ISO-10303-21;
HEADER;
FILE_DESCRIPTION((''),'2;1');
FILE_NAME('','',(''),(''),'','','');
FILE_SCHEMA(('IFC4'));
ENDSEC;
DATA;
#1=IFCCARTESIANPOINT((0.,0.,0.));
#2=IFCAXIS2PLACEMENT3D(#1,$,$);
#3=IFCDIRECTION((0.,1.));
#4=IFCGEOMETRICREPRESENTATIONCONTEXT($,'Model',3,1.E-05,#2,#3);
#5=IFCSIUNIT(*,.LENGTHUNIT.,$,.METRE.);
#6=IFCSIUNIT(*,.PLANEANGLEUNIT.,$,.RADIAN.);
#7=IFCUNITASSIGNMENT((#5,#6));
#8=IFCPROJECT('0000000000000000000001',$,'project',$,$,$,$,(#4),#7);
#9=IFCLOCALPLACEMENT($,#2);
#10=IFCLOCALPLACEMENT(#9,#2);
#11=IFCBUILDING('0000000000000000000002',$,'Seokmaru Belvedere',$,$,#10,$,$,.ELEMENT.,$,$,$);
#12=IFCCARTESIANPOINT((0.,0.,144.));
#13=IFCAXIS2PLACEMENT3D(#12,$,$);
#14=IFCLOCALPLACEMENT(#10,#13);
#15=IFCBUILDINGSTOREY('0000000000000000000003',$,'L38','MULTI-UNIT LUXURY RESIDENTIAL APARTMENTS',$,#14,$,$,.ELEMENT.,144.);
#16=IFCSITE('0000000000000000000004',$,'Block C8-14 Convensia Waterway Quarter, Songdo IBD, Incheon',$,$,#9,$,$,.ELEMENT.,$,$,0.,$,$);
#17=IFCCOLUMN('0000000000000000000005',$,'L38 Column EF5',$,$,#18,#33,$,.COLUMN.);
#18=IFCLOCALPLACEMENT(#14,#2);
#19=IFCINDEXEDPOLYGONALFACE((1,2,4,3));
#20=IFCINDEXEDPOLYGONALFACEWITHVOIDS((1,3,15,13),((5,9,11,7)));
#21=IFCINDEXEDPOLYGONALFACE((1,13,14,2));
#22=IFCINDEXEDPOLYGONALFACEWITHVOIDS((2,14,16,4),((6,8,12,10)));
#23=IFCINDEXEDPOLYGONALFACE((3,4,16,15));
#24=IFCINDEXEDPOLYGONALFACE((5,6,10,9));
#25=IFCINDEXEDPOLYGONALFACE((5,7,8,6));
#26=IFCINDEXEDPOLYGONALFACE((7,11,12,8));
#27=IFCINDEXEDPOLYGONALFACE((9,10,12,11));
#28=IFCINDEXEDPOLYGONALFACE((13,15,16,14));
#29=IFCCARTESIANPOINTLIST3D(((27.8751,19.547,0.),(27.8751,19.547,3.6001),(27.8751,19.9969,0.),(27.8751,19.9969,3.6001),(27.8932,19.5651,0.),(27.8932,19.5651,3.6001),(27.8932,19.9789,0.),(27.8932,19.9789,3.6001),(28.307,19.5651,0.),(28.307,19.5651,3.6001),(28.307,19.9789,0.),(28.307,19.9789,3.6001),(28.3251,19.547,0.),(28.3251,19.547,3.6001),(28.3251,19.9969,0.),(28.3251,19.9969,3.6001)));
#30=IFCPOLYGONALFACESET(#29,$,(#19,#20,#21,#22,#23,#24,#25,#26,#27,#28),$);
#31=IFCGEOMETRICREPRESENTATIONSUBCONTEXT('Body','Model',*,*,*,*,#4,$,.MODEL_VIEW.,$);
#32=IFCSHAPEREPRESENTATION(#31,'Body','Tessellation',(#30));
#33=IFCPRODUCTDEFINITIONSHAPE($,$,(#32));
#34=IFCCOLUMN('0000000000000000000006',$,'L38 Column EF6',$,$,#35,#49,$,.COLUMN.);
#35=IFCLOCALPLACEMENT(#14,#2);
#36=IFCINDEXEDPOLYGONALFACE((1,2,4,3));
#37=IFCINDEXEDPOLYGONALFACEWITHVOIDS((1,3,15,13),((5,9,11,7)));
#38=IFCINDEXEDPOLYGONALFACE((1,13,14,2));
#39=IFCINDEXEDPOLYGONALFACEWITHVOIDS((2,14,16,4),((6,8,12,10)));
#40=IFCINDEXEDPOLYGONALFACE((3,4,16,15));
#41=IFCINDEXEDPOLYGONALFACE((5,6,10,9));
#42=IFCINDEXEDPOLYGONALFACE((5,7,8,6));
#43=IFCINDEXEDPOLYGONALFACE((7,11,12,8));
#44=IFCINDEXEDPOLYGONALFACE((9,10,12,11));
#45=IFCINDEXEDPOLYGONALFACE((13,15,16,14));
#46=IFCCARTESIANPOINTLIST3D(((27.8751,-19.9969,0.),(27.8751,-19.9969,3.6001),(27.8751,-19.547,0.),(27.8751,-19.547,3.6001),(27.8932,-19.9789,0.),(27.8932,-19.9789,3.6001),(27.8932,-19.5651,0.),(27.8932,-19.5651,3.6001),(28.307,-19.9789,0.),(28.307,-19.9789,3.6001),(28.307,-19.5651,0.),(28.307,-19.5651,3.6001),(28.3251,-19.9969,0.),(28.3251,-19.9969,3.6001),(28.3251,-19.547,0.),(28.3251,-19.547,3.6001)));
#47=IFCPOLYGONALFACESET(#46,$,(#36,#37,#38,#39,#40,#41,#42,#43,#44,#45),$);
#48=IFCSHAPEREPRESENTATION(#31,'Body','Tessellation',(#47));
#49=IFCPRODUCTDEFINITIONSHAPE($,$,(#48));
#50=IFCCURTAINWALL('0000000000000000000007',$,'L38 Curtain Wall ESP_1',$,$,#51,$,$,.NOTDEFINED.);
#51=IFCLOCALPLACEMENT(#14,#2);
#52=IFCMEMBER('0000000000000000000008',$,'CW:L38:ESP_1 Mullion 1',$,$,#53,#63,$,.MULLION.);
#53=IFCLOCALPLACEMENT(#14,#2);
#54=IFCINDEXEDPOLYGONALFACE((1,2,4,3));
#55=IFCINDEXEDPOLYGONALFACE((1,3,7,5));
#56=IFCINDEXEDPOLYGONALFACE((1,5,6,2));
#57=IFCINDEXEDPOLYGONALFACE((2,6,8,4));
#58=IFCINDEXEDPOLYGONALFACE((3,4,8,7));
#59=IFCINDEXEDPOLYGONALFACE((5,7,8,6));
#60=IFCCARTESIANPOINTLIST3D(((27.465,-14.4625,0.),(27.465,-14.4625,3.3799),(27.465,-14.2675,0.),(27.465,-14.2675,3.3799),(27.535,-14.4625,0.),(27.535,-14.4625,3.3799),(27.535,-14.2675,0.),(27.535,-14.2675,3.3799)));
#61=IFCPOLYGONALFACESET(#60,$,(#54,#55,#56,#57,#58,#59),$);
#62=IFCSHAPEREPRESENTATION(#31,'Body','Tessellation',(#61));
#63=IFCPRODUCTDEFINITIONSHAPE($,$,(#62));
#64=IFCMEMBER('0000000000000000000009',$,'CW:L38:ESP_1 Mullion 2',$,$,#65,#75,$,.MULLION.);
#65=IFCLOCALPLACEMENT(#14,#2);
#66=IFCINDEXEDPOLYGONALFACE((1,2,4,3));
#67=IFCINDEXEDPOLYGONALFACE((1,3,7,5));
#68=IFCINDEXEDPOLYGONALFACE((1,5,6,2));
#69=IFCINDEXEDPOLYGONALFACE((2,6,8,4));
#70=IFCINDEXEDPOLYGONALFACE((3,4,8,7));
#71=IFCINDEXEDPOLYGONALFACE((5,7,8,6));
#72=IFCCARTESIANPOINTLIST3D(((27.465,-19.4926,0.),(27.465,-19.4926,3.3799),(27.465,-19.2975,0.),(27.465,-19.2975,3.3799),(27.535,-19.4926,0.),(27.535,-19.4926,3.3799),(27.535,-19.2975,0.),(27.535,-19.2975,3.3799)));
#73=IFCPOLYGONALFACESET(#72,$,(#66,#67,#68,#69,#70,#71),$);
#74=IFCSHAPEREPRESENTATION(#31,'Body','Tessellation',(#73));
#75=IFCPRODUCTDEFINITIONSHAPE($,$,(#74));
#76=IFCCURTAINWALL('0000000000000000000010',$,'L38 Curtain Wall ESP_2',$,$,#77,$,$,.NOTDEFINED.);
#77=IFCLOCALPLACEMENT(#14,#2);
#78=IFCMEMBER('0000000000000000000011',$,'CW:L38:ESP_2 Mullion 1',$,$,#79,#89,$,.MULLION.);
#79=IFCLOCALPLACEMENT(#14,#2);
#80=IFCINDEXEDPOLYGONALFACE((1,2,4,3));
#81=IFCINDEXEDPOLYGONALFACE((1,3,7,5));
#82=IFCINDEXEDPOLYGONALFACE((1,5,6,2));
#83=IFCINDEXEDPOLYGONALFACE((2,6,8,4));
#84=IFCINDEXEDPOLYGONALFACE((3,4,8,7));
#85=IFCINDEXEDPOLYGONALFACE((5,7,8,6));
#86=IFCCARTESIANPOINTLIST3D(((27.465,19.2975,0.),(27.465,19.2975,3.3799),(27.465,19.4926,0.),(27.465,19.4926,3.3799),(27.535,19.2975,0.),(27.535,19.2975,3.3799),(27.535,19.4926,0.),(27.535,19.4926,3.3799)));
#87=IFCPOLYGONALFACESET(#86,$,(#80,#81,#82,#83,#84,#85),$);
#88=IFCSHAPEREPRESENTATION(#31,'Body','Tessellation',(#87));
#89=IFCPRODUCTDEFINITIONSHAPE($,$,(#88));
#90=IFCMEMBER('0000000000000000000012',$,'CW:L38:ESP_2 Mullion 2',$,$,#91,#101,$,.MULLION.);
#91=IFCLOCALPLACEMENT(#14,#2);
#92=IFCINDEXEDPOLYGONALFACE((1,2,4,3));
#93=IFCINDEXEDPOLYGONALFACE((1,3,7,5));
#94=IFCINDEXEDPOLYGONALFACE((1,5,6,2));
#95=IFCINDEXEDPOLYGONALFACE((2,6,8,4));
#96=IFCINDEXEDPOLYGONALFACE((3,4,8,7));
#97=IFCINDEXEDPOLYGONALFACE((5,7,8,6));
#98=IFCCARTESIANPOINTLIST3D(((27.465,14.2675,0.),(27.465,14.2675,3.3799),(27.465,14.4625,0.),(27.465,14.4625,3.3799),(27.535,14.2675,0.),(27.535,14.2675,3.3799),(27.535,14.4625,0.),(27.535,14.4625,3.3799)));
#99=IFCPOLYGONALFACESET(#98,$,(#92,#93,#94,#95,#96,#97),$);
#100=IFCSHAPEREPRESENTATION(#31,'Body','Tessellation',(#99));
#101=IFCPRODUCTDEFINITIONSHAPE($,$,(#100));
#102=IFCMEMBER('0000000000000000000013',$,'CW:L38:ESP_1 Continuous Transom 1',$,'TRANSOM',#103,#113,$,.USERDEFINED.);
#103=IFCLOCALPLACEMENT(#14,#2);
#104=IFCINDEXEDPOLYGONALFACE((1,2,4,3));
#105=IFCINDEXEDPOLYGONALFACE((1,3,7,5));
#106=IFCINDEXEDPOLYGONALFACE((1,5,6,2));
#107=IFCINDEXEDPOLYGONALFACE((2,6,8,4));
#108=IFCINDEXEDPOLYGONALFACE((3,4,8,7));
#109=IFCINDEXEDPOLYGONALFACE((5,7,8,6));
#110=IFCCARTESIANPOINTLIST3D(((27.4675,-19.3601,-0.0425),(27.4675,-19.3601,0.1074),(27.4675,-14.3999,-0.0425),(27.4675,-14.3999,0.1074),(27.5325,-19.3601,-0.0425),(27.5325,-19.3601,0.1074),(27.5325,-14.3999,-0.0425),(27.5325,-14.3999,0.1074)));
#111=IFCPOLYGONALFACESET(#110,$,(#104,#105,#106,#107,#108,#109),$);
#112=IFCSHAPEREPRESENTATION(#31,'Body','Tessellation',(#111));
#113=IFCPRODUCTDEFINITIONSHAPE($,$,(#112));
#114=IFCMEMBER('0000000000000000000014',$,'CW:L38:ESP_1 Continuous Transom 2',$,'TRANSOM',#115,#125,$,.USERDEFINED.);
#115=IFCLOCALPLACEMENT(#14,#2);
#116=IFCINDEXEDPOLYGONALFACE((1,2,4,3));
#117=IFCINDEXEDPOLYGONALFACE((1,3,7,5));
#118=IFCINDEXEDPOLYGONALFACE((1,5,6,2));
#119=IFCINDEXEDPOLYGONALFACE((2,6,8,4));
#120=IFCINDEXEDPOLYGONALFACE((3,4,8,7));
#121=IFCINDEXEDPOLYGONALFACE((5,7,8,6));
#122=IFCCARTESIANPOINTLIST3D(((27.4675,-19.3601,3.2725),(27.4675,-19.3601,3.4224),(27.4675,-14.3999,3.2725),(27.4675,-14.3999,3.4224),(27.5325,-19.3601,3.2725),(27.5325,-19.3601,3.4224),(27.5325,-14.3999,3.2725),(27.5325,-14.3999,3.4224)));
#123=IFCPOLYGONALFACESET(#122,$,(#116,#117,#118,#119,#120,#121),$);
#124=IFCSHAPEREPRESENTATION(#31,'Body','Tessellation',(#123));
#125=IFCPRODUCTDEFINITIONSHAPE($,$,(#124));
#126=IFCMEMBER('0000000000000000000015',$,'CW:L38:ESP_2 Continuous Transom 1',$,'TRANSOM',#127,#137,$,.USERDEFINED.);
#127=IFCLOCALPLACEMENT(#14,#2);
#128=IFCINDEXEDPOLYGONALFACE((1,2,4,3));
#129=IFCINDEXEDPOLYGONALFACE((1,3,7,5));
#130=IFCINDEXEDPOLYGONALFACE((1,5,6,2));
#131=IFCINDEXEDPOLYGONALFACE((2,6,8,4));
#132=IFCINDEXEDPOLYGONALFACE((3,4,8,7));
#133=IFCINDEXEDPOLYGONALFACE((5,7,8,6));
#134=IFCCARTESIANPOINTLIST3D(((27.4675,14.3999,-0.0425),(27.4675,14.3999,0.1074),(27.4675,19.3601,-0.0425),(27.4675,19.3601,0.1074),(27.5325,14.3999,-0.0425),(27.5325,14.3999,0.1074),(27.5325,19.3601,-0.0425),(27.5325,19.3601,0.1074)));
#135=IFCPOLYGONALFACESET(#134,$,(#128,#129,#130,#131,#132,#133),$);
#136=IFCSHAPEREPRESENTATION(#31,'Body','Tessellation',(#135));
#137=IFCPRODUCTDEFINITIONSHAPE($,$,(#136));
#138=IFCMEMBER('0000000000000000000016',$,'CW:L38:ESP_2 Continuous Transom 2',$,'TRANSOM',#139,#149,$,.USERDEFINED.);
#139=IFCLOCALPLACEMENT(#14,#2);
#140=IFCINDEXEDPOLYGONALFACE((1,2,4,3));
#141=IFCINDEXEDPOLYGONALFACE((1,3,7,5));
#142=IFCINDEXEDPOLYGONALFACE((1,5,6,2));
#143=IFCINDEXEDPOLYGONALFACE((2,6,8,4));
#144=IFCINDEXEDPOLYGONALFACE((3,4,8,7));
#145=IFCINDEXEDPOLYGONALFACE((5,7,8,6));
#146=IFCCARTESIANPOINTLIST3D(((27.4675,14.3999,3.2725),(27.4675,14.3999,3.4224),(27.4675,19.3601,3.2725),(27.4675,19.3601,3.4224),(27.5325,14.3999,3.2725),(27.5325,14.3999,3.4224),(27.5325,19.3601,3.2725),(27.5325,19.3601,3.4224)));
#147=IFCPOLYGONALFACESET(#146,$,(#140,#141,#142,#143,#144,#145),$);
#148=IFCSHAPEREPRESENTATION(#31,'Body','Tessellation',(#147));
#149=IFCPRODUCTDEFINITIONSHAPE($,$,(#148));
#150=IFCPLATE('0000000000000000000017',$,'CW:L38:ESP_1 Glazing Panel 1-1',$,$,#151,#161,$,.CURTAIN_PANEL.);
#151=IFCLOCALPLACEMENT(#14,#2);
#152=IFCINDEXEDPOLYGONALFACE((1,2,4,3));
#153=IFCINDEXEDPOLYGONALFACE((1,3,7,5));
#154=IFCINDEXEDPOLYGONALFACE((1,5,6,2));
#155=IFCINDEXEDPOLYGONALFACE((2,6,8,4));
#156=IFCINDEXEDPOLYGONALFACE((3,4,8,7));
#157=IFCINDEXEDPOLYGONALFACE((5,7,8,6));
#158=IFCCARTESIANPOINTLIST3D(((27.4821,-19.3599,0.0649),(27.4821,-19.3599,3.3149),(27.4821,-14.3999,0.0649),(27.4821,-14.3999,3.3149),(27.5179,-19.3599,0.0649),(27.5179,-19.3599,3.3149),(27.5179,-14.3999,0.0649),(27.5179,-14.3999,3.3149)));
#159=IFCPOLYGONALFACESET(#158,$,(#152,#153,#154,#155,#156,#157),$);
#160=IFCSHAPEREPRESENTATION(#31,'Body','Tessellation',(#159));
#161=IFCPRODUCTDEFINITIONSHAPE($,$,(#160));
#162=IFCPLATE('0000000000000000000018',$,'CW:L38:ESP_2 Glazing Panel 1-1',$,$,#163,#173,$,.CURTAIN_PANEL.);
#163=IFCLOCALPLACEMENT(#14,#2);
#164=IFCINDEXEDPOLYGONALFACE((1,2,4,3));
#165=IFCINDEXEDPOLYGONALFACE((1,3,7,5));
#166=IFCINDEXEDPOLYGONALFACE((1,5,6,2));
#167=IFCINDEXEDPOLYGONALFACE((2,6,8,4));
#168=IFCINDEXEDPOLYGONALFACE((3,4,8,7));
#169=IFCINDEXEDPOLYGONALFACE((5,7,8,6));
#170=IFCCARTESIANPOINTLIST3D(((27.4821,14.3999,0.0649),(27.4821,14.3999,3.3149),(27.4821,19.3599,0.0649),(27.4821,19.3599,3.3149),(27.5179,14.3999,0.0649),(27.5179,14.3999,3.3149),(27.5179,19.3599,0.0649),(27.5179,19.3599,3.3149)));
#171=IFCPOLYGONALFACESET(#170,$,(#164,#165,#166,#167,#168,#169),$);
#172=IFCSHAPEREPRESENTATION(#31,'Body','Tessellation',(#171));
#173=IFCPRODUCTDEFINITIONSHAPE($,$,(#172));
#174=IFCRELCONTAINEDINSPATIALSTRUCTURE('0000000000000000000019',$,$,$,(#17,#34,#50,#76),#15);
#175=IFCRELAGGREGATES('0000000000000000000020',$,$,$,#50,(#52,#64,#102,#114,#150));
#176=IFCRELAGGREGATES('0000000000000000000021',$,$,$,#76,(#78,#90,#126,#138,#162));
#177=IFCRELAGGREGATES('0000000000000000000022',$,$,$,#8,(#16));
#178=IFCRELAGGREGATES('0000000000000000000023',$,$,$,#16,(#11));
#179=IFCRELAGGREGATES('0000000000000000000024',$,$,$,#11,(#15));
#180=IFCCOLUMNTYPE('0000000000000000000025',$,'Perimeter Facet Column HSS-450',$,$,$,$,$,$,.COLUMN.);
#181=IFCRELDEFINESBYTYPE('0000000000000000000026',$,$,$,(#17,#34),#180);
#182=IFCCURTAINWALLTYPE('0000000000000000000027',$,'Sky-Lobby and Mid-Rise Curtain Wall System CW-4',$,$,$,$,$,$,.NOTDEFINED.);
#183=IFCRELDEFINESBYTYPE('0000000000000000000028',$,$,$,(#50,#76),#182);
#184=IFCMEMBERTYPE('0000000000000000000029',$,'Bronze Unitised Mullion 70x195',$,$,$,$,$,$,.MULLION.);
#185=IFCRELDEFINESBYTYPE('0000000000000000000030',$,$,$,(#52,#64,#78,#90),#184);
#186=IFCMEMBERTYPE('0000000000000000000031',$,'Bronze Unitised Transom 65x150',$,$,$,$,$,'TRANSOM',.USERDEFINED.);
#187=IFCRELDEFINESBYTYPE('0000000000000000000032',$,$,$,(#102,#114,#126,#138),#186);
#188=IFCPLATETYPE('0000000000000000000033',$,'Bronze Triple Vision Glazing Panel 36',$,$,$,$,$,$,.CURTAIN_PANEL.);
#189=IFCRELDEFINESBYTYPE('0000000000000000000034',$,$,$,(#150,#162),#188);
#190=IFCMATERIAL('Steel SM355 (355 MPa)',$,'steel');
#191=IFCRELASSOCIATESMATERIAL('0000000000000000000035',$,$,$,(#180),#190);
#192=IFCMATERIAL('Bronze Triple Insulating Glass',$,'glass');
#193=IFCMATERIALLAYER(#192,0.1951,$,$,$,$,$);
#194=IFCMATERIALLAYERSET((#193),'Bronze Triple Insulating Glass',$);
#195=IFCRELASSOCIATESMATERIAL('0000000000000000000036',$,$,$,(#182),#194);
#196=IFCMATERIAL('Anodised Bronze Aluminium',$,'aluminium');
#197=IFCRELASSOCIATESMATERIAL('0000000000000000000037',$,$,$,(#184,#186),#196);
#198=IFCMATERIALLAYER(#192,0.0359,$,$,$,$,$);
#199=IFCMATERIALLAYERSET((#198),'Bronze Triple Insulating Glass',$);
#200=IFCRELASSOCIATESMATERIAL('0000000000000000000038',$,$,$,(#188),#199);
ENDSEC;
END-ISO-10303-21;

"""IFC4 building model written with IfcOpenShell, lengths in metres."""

from ifc_helpers import new_model, si_unit, direction, frame, origin, origin_2d, place, context, subcontext, project, spatial, rectangle, hollow_rectangle, extrude, source, transform, mapped, material, layer, layer_set, material_profile, profile_set, type_object, type_shapes, element, aggregate, save


model = new_model("IFC4")

# Units and contexts
model_context = context("Model", 3, precision=1e-05, world=origin(), true_north=direction((0.0, 1.0)))
body_context = subcontext(model_context, "Body", "Model", "MODEL_VIEW")
ifc_project = project(units=[si_unit("LENGTHUNIT", "METRE"), si_unit("PLANEANGLEUNIT", "RADIAN")], contexts=[model_context])

# Site, building, storey
site_placement = place(None, origin())
site = spatial("IfcSite", under=ifc_project, at=site_placement, Name="Block C8-14 Convensia Waterway Quarter, Songdo IBD, Incheon", CompositionType="ELEMENT", RefElevation=0.0)
building_placement = place(site_placement, origin())
building = spatial("IfcBuilding", under=site, at=building_placement, Name="Seokmaru Belvedere", CompositionType="ELEMENT")
storey_placement = place(building_placement, frame((0.0, 0.0, 144.0)))
storey = spatial("IfcBuildingStorey", under=building, at=storey_placement, Name="L38", Description="MULTI-UNIT LUXURY RESIDENTIAL APARTMENTS", CompositionType="ELEMENT", Elevation=144.0)

# Columns
ifc_material_1 = material(Name="Steel SM355 (355 MPa)", Category="steel")
ifc_material_profile_1 = material_profile(ifc_material_1, hollow_rectangle(XDim=0.45, YDim=0.45, WallThickness=0.0181, at=origin_2d()), Name="HSS-450x450x18")
ifc_profile_set_1 = profile_set([ifc_material_profile_1], Name="Steel SM355 (355 MPa)")
column_type = type_object("IfcColumnType", Name="Perimeter Facet Column HSS-450", PredefinedType="COLUMN", material=ifc_profile_set_1)
shared_shape_1 = source(origin(), body_context, "Body", "SweptSolid", [
    extrude(hollow_rectangle(XDim=0.45, YDim=0.45, WallThickness=0.0181, at=origin_2d()), origin(), (0.0, 0.0, 1.0), 3.6001),
])
type_shapes(column_type, [shared_shape_1])
for number, where, z_axis, x_axis, name in (
    (1, (28.1001, 19.772, 0.0), (0.0, 0.0, 1.0), (1.0, 0.0, 0.0), "L38 Column EF5"),
    (2, (28.1001, -19.772, 0.0), (0.0, 0.0, 1.0), (1.0, 0.0, 0.0), "L38 Column EF6"),
):
    element("IfcColumn", number, at=place(storey_placement, frame(where, z_axis=z_axis, x_axis=x_axis)), inside=storey, type_object=column_type, Name=name, PredefinedType="COLUMN", context=body_context, shape_type="MappedRepresentation", body=[
        mapped(shared_shape_1, transform((0.0, 0.0, 0.0), scale=1.0)),
    ])

# Curtain walls, members
ifc_material_2 = material(Name="Bronze Triple Insulating Glass", Category="glass")
ifc_layer_1 = layer(ifc_material_2, 0.1951)
ifc_layer_set_1 = layer_set([ifc_layer_1], Name="Bronze Triple Insulating Glass")
curtain_wall_type = type_object("IfcCurtainWallType", Name="Sky-Lobby and Mid-Rise Curtain Wall System CW-4", PredefinedType="NOTDEFINED", material=ifc_layer_set_1)
curtain_wall_1_placement = place(storey_placement, origin())
curtain_wall_1 = element("IfcCurtainWall", 3, at=curtain_wall_1_placement, inside=storey, type_object=curtain_wall_type, Name="L38 Curtain Wall ESP_1", PredefinedType="NOTDEFINED")
ifc_material_3 = material(Name="Anodised Bronze Aluminium", Category="aluminium")
ifc_material_profile_2 = material_profile(ifc_material_3, rectangle(XDim=0.0701, YDim=0.1951, at=origin_2d()), Name="CW-M-70x195")
ifc_profile_set_2 = profile_set([ifc_material_profile_2], Name="Anodised Bronze Aluminium")
member_type_1 = type_object("IfcMemberType", Name="Bronze Unitised Mullion 70x195", PredefinedType="MULLION", material=ifc_profile_set_2)
shared_shape_2 = source(origin(), body_context, "Body", "SweptSolid", [
    extrude(rectangle(XDim=0.0701, YDim=0.1951, at=origin_2d()), origin(), (0.0, 0.0, 1.0), 3.3799),
])
type_shapes(member_type_1, [shared_shape_2])
member_1_placement = place(storey_placement, frame((27.5, -14.365, 0.0), z_axis=(0.0, 0.0, 1.0), x_axis=(1.0, 0.0, 0.0)))
member_1 = element("IfcMember", 4, at=member_1_placement, type_object=member_type_1, Name="CW:L38:ESP_1 Mullion 1", PredefinedType="MULLION", context=body_context, shape_type="MappedRepresentation", body=[
    mapped(shared_shape_2, transform((0.0, 0.0, 0.0), scale=1.0)),
])
member_2_placement = place(storey_placement, frame((27.5, -19.395, 0.0), z_axis=(0.0, 0.0, 1.0), x_axis=(1.0, 0.0, 0.0)))
member_2 = element("IfcMember", 5, at=member_2_placement, type_object=member_type_1, Name="CW:L38:ESP_1 Mullion 2", PredefinedType="MULLION", context=body_context, shape_type="MappedRepresentation", body=[
    mapped(shared_shape_2, transform((0.0, 0.0, 0.0), scale=1.0)),
])
curtain_wall_2_placement = place(storey_placement, origin())
curtain_wall_2 = element("IfcCurtainWall", 6, at=curtain_wall_2_placement, inside=storey, type_object=curtain_wall_type, Name="L38 Curtain Wall ESP_2", PredefinedType="NOTDEFINED")
member_3_placement = place(storey_placement, frame((27.5, 19.395, 0.0), z_axis=(0.0, 0.0, 1.0), x_axis=(1.0, 0.0, 0.0)))
member_3 = element("IfcMember", 7, at=member_3_placement, type_object=member_type_1, Name="CW:L38:ESP_2 Mullion 1", PredefinedType="MULLION", context=body_context, shape_type="MappedRepresentation", body=[
    mapped(shared_shape_2, transform((0.0, 0.0, 0.0), scale=1.0)),
])
member_4_placement = place(storey_placement, frame((27.5, 14.365, 0.0), z_axis=(0.0, 0.0, 1.0), x_axis=(1.0, 0.0, 0.0)))
member_4 = element("IfcMember", 8, at=member_4_placement, type_object=member_type_1, Name="CW:L38:ESP_2 Mullion 2", PredefinedType="MULLION", context=body_context, shape_type="MappedRepresentation", body=[
    mapped(shared_shape_2, transform((0.0, 0.0, 0.0), scale=1.0)),
])

# Members
ifc_material_profile_3 = material_profile(ifc_material_3, rectangle(XDim=0.0649, YDim=0.1499, at=origin_2d()), Name="CW-T-65x150")
ifc_profile_set_3 = profile_set([ifc_material_profile_3], Name="Anodised Bronze Aluminium")
member_type_2 = type_object("IfcMemberType", Name="Bronze Unitised Transom 65x150", ElementType="TRANSOM", PredefinedType="USERDEFINED", material=ifc_profile_set_3)
shared_shape_3 = source(origin(), body_context, "Body", "SweptSolid", [
    extrude(rectangle(XDim=0.0649, YDim=0.1499, at=origin_2d()), origin(), (0.0, 0.0, 1.0), 4.9602),
])
type_shapes(member_type_2, [shared_shape_3])
member_5_placement = place(storey_placement, frame((27.5, -14.3999, 0.0325), z_axis=(0.0, -1.0, 0.0), x_axis=(1.0, 0.0, 0.0)))
member_5 = element("IfcMember", 9, at=member_5_placement, type_object=member_type_2, Name="CW:L38:ESP_1 Continuous Transom 1", ObjectType="TRANSOM", PredefinedType="USERDEFINED", context=body_context, shape_type="MappedRepresentation", body=[
    mapped(shared_shape_3, transform((0.0, 0.0, 0.0), scale=1.0)),
])
member_6_placement = place(storey_placement, frame((27.5, -14.3999, 3.3474), z_axis=(0.0, -1.0, 0.0), x_axis=(1.0, 0.0, 0.0)))
member_6 = element("IfcMember", 10, at=member_6_placement, type_object=member_type_2, Name="CW:L38:ESP_1 Continuous Transom 2", ObjectType="TRANSOM", PredefinedType="USERDEFINED", context=body_context, shape_type="MappedRepresentation", body=[
    mapped(shared_shape_3, transform((0.0, 0.0, 0.0), scale=1.0)),
])
member_7_placement = place(storey_placement, frame((27.5, 19.3601, 0.0325), z_axis=(0.0, -1.0, 0.0), x_axis=(1.0, 0.0, 0.0)))
member_7 = element("IfcMember", 11, at=member_7_placement, type_object=member_type_2, Name="CW:L38:ESP_2 Continuous Transom 1", ObjectType="TRANSOM", PredefinedType="USERDEFINED", context=body_context, shape_type="MappedRepresentation", body=[
    mapped(shared_shape_3, transform((0.0, 0.0, 0.0), scale=1.0)),
])
member_8_placement = place(storey_placement, frame((27.5, 19.3601, 3.3474), z_axis=(0.0, -1.0, 0.0), x_axis=(1.0, 0.0, 0.0)))
member_8 = element("IfcMember", 12, at=member_8_placement, type_object=member_type_2, Name="CW:L38:ESP_2 Continuous Transom 2", ObjectType="TRANSOM", PredefinedType="USERDEFINED", context=body_context, shape_type="MappedRepresentation", body=[
    mapped(shared_shape_3, transform((0.0, 0.0, 0.0), scale=1.0)),
])

# Plates
ifc_layer_2 = layer(ifc_material_2, 0.0359)
ifc_layer_set_2 = layer_set([ifc_layer_2], Name="Bronze Triple Insulating Glass")
plate_type = type_object("IfcPlateType", Name="Bronze Triple Vision Glazing Panel 36", PredefinedType="CURTAIN_PANEL", material=ifc_layer_set_2)
shared_shape_4 = source(origin(), body_context, "Body", "SweptSolid", [
    extrude(rectangle(XDim=4.96, YDim=0.0359, at=origin_2d()), origin(), (0.0, 0.0, 1.0), 3.25),
])
type_shapes(plate_type, [shared_shape_4])
plate_1_placement = place(storey_placement, frame((27.5, -16.8799, 0.0649), z_axis=(0.0, 0.0, 1.0), x_axis=(0.0, -1.0, 0.0)))
plate_1 = element("IfcPlate", 13, at=plate_1_placement, type_object=plate_type, Name="CW:L38:ESP_1 Glazing Panel 1-1", PredefinedType="CURTAIN_PANEL", context=body_context, shape_type="MappedRepresentation", body=[
    mapped(shared_shape_4, transform((0.0, 0.0, 0.0), scale=1.0)),
])
aggregate(curtain_wall_1, [member_1, member_2, member_5, member_6, plate_1])
plate_2_placement = place(storey_placement, frame((27.5, 16.8799, 0.0649), z_axis=(0.0, 0.0, 1.0), x_axis=(0.0, -1.0, 0.0)))
plate_2 = element("IfcPlate", 14, at=plate_2_placement, type_object=plate_type, Name="CW:L38:ESP_2 Glazing Panel 1-1", PredefinedType="CURTAIN_PANEL", context=body_context, shape_type="MappedRepresentation", body=[
    mapped(shared_shape_4, transform((0.0, 0.0, 0.0), scale=1.0)),
])
aggregate(curtain_wall_2, [member_3, member_4, member_7, member_8, plate_2])

save(model, "model.ifc")
